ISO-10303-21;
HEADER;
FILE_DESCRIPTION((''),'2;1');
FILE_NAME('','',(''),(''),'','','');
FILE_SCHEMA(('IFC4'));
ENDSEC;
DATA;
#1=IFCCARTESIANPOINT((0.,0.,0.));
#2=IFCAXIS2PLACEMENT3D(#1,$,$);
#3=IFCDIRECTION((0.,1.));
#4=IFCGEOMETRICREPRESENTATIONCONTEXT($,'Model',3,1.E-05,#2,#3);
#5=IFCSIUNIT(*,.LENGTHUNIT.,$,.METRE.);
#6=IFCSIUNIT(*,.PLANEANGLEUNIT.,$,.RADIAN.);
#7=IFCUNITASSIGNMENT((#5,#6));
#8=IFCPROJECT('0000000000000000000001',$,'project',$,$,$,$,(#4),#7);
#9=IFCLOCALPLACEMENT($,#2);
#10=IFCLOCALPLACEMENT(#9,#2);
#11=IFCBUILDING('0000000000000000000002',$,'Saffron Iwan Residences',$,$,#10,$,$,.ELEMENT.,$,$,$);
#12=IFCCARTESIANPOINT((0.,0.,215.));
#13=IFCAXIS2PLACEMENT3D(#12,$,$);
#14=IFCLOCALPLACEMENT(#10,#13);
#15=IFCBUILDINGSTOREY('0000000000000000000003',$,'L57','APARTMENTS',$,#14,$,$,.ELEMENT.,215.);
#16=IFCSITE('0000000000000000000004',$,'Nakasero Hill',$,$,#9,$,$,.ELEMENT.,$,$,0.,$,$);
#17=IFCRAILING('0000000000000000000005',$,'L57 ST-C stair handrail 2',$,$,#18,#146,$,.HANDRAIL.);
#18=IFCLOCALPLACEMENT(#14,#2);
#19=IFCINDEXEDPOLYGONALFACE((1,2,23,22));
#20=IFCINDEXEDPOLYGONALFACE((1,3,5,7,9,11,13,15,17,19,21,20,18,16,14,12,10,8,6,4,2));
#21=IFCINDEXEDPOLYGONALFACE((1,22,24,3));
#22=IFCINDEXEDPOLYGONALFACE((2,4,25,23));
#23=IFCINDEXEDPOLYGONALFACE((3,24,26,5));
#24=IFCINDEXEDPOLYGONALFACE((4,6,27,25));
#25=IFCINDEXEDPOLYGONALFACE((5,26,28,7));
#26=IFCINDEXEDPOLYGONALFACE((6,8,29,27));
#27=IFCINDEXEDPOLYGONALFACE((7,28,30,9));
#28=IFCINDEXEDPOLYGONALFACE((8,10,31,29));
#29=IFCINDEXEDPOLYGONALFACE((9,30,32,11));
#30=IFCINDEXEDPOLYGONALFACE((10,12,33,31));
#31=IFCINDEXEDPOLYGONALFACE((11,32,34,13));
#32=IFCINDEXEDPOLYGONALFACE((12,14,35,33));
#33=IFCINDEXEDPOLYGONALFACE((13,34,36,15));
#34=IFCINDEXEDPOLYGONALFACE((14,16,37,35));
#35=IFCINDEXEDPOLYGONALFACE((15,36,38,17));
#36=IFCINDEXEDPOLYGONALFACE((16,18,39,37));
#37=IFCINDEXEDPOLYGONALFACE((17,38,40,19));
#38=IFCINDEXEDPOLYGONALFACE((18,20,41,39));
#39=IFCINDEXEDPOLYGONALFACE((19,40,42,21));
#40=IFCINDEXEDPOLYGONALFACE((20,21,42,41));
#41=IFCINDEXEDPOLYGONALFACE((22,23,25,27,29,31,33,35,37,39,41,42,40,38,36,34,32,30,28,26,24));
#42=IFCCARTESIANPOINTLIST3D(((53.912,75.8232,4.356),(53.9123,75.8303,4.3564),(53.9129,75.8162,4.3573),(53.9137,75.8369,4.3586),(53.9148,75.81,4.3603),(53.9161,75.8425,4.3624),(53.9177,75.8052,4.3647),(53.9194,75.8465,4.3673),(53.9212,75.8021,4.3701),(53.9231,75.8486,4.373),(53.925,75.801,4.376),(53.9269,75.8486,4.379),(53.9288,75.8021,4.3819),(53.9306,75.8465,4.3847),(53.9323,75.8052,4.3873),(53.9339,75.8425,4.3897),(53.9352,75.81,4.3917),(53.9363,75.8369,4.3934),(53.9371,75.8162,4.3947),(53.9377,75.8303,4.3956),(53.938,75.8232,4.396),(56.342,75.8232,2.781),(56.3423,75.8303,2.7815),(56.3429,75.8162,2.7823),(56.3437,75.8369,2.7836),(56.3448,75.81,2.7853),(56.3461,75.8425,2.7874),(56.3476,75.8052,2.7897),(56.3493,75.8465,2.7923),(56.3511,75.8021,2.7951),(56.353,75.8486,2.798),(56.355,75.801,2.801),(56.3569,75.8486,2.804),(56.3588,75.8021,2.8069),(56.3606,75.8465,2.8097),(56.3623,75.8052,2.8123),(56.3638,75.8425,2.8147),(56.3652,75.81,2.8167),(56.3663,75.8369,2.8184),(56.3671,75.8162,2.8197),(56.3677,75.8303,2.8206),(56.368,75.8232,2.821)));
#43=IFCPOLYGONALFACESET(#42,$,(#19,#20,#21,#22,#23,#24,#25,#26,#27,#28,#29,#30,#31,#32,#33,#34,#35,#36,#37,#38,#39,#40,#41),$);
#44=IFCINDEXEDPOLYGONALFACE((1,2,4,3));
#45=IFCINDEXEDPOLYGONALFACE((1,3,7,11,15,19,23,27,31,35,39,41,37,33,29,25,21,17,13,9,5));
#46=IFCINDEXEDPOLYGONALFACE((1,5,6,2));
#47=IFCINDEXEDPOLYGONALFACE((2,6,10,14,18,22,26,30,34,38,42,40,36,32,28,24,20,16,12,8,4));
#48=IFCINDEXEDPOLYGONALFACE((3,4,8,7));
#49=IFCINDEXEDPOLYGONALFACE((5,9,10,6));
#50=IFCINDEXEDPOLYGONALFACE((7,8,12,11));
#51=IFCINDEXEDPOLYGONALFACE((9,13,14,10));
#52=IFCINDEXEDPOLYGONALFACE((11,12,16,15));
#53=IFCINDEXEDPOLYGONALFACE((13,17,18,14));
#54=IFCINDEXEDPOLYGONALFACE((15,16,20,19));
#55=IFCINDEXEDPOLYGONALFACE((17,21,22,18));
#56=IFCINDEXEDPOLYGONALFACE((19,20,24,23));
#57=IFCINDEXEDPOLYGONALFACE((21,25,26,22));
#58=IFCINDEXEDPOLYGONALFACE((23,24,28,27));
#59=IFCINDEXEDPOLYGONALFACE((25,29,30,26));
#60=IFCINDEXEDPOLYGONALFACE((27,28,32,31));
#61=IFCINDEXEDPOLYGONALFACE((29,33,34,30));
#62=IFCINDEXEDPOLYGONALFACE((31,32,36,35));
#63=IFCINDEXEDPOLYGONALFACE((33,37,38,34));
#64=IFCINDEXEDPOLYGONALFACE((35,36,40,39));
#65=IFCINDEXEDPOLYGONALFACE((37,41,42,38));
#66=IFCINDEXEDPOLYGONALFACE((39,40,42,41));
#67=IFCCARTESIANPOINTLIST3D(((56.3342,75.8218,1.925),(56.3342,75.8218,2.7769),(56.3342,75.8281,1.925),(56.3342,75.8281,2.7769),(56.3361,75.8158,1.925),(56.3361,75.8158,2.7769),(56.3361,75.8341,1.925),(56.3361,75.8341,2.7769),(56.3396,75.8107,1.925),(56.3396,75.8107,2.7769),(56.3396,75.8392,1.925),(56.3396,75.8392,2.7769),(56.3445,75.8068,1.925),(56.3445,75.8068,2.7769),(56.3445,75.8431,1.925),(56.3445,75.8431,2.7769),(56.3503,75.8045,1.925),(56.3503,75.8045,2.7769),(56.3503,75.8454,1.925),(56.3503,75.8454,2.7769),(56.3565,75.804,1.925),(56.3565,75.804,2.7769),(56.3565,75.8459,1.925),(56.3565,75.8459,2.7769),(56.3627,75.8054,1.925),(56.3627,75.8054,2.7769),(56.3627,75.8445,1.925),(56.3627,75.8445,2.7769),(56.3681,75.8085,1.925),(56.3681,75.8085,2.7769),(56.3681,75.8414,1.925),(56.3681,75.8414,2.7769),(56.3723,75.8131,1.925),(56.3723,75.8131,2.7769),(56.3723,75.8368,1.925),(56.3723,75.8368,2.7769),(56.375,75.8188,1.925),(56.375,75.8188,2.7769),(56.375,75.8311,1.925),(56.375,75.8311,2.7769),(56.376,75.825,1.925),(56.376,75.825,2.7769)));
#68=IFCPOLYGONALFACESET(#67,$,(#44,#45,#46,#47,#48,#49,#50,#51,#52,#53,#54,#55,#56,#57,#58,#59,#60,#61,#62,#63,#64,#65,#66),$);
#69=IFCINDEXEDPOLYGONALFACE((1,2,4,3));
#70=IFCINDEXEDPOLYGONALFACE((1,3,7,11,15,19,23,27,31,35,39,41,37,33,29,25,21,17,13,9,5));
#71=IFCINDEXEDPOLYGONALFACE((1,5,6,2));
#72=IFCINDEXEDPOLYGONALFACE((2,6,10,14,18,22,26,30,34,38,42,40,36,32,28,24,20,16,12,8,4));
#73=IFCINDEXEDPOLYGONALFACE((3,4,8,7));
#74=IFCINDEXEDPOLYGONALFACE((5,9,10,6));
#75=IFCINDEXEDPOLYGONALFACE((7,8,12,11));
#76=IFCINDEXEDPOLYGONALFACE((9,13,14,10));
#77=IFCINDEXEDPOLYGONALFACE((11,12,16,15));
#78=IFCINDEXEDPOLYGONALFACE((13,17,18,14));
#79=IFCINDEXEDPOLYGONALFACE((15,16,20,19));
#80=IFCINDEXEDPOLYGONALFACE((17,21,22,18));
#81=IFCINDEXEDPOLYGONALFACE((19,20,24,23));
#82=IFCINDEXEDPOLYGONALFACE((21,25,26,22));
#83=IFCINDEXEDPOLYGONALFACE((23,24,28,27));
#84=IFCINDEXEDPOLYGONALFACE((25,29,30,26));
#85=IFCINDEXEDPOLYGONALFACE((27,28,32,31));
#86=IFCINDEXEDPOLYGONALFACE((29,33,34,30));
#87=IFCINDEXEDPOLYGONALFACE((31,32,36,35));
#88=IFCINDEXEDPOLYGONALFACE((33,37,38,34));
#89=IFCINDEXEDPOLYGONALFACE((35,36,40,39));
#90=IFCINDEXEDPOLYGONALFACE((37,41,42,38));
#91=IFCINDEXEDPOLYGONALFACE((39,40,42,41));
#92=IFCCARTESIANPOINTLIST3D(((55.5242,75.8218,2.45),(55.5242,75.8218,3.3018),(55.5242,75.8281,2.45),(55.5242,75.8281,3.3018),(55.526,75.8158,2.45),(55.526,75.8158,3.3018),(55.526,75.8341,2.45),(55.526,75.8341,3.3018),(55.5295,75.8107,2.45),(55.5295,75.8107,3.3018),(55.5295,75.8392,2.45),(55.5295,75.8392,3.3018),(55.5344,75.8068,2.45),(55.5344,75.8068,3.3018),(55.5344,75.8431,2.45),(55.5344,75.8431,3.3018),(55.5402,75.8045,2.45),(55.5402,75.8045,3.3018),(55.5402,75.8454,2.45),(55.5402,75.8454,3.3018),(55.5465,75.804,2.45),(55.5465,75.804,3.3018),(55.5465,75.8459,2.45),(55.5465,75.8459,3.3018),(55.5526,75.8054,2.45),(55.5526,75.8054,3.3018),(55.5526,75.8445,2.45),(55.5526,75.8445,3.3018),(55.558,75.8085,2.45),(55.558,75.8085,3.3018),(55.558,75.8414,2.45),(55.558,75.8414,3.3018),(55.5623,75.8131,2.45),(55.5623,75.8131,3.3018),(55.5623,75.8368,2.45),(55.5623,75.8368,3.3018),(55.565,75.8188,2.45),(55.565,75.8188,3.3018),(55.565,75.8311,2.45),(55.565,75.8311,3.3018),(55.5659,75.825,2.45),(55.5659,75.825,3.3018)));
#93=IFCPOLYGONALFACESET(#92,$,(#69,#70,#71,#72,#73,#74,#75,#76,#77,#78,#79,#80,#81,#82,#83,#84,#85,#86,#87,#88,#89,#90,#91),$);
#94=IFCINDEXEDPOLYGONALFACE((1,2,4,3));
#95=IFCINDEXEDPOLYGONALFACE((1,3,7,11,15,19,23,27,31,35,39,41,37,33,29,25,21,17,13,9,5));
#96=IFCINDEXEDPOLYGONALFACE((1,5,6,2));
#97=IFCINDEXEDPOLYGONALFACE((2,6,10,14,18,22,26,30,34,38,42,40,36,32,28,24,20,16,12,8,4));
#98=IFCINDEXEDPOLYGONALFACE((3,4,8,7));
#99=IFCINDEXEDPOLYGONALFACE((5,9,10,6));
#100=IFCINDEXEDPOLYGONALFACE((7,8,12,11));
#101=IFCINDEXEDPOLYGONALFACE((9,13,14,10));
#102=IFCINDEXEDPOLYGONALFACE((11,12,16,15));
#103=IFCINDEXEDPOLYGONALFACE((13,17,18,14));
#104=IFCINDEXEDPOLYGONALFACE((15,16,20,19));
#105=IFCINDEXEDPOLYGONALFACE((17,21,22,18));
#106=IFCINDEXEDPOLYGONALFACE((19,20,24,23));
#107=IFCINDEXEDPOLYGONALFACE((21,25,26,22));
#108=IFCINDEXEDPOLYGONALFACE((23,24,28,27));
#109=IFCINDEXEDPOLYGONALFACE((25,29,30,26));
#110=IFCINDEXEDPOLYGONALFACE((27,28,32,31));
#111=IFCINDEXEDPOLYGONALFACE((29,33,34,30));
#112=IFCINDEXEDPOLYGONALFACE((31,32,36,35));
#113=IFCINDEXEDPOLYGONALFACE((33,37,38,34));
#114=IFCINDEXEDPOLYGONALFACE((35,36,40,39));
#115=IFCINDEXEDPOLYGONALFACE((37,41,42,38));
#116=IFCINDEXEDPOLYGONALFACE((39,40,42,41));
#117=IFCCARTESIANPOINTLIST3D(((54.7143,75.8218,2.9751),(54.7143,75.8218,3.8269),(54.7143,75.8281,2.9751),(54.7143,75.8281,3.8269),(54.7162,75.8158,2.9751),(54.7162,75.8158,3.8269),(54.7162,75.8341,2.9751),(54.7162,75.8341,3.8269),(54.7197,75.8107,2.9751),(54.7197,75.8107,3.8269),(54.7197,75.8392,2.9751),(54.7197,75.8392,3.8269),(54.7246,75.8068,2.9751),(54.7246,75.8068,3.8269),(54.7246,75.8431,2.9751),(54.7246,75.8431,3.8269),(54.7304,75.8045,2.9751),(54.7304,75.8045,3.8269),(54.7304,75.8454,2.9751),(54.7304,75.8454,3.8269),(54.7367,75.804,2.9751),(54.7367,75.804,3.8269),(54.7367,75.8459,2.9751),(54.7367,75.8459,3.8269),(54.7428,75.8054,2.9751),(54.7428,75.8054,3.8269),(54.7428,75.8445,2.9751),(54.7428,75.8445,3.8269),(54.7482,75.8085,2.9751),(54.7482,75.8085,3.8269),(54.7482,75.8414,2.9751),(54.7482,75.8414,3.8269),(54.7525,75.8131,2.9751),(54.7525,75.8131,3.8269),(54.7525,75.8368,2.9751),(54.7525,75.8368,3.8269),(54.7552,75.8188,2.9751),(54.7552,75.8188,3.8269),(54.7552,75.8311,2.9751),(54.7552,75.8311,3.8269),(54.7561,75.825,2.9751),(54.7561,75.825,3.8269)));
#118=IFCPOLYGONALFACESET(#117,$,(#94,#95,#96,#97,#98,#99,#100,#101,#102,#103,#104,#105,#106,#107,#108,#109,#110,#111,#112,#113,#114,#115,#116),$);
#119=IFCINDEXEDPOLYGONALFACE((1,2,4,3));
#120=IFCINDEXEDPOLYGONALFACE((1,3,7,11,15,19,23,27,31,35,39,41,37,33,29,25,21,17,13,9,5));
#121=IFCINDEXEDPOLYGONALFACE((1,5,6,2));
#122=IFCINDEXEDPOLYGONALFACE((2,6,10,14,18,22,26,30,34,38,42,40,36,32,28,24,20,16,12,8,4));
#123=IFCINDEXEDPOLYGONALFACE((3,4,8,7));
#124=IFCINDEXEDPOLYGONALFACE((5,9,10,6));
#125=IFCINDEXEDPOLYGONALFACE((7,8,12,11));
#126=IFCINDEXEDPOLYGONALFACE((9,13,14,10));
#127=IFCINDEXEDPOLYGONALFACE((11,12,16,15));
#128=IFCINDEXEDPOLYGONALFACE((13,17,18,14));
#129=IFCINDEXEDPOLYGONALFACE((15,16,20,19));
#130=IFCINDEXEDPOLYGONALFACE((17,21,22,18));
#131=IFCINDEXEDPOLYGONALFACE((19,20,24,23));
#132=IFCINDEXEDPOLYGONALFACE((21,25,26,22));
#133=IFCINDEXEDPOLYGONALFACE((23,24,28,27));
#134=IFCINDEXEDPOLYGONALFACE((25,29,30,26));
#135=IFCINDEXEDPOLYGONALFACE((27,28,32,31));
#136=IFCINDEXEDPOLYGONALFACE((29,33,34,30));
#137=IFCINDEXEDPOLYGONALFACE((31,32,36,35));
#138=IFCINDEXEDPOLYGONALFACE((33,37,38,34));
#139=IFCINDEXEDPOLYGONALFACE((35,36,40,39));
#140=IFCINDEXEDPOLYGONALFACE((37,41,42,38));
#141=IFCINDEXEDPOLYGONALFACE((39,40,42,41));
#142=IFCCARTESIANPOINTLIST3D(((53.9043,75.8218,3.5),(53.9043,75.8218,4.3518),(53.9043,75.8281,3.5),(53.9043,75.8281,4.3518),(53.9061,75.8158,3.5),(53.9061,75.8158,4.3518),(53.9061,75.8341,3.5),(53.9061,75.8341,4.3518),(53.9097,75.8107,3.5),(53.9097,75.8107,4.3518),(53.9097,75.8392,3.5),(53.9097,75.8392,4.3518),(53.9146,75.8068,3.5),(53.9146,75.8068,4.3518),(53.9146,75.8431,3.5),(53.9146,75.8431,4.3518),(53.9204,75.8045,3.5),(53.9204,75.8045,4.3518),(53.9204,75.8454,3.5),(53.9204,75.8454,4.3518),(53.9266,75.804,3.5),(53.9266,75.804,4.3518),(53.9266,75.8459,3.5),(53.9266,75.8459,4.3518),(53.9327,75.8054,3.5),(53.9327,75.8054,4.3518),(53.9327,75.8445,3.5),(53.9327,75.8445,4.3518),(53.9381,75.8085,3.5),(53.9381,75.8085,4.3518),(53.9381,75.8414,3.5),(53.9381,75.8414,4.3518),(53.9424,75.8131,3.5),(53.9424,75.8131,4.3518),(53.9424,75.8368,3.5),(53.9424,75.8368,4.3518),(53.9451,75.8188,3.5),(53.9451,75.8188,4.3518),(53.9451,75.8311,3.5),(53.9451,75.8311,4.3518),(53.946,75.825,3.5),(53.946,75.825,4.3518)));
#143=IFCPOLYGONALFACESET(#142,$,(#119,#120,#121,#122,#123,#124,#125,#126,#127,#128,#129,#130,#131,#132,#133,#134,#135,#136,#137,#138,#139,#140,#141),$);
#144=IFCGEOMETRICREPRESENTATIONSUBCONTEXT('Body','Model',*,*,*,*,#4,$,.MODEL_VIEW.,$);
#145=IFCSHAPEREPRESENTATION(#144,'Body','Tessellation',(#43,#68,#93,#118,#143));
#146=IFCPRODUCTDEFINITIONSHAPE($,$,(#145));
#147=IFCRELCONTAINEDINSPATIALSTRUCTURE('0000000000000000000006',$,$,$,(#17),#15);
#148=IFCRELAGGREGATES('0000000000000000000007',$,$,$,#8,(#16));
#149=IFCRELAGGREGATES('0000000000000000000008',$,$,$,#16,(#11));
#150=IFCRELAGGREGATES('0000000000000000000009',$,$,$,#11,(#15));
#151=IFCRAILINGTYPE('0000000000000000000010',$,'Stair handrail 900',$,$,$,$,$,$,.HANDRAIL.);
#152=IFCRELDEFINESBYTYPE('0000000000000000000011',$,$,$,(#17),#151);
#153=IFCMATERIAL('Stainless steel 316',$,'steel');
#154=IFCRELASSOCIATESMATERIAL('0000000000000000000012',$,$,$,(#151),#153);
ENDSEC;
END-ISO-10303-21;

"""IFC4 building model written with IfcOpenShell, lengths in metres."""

from ifc_helpers import new_model, si_unit, direction, frame, origin, origin_2d, place, context, subcontext, project, spatial, circle, extrude, material, type_object, element, save


model = new_model("IFC4")

# Units and contexts
model_context = context("Model", 3, precision=1e-05, world=origin(), true_north=direction((0.0, 1.0)))
body_context = subcontext(model_context, "Body", "Model", "MODEL_VIEW")
ifc_project = project(units=[si_unit("LENGTHUNIT", "METRE"), si_unit("PLANEANGLEUNIT", "RADIAN")], contexts=[model_context])

# Site, building, storey
site_placement = place(None, origin())
site = spatial("IfcSite", under=ifc_project, at=site_placement, Name="Nakasero Hill", CompositionType="ELEMENT", RefElevation=0.0)
building_placement = place(site_placement, origin())
building = spatial("IfcBuilding", under=site, at=building_placement, Name="Saffron Iwan Residences", CompositionType="ELEMENT")
storey_placement = place(building_placement, frame((0.0, 0.0, 215.0)))
storey = spatial("IfcBuildingStorey", under=building, at=storey_placement, Name="L57", Description="APARTMENTS", CompositionType="ELEMENT", Elevation=215.0)

# Railing
ifc_material_1 = material(Name="Stainless steel 316", Category="steel")
railing_type_1 = type_object("IfcRailingType", Name="Stair handrail 900", PredefinedType="HANDRAIL", material=ifc_material_1)
railing_1_placement = place(storey_placement, frame((56.355, 75.825, 1.925)))
element("IfcRailing", 1, at=railing_1_placement, inside=storey, type_object=railing_type_1, Name="L57 ST-C stair handrail 2", PredefinedType="HANDRAIL", context=body_context, shape_type="SweptSolid", body=[
    extrude(circle(Radius=0.0239, at=origin_2d()), frame((0.0, 0.0, 0.876), z_axis=(-0.839154, 0.0, 0.543894), x_axis=(0.0, -1.0, 0.0)), (0.0, 0.0, 1.0), 2.8958),
    extrude(circle(Radius=0.021, at=origin_2d()), origin(), (0.0, 0.0, 1.0), 0.8518),
    extrude(circle(Radius=0.021, at=origin_2d()), frame((-0.8101, 0.0, 0.5249)), (0.0, 0.0, 1.0), 0.8518),
    extrude(circle(Radius=0.021, at=origin_2d()), frame((-1.6199, 0.0, 1.05)), (0.0, 0.0, 1.0), 0.8518),
    extrude(circle(Radius=0.021, at=origin_2d()), frame((-2.4299, 0.0, 1.575)), (0.0, 0.0, 1.0), 0.8518),
])

save(model, "model.ifc")
